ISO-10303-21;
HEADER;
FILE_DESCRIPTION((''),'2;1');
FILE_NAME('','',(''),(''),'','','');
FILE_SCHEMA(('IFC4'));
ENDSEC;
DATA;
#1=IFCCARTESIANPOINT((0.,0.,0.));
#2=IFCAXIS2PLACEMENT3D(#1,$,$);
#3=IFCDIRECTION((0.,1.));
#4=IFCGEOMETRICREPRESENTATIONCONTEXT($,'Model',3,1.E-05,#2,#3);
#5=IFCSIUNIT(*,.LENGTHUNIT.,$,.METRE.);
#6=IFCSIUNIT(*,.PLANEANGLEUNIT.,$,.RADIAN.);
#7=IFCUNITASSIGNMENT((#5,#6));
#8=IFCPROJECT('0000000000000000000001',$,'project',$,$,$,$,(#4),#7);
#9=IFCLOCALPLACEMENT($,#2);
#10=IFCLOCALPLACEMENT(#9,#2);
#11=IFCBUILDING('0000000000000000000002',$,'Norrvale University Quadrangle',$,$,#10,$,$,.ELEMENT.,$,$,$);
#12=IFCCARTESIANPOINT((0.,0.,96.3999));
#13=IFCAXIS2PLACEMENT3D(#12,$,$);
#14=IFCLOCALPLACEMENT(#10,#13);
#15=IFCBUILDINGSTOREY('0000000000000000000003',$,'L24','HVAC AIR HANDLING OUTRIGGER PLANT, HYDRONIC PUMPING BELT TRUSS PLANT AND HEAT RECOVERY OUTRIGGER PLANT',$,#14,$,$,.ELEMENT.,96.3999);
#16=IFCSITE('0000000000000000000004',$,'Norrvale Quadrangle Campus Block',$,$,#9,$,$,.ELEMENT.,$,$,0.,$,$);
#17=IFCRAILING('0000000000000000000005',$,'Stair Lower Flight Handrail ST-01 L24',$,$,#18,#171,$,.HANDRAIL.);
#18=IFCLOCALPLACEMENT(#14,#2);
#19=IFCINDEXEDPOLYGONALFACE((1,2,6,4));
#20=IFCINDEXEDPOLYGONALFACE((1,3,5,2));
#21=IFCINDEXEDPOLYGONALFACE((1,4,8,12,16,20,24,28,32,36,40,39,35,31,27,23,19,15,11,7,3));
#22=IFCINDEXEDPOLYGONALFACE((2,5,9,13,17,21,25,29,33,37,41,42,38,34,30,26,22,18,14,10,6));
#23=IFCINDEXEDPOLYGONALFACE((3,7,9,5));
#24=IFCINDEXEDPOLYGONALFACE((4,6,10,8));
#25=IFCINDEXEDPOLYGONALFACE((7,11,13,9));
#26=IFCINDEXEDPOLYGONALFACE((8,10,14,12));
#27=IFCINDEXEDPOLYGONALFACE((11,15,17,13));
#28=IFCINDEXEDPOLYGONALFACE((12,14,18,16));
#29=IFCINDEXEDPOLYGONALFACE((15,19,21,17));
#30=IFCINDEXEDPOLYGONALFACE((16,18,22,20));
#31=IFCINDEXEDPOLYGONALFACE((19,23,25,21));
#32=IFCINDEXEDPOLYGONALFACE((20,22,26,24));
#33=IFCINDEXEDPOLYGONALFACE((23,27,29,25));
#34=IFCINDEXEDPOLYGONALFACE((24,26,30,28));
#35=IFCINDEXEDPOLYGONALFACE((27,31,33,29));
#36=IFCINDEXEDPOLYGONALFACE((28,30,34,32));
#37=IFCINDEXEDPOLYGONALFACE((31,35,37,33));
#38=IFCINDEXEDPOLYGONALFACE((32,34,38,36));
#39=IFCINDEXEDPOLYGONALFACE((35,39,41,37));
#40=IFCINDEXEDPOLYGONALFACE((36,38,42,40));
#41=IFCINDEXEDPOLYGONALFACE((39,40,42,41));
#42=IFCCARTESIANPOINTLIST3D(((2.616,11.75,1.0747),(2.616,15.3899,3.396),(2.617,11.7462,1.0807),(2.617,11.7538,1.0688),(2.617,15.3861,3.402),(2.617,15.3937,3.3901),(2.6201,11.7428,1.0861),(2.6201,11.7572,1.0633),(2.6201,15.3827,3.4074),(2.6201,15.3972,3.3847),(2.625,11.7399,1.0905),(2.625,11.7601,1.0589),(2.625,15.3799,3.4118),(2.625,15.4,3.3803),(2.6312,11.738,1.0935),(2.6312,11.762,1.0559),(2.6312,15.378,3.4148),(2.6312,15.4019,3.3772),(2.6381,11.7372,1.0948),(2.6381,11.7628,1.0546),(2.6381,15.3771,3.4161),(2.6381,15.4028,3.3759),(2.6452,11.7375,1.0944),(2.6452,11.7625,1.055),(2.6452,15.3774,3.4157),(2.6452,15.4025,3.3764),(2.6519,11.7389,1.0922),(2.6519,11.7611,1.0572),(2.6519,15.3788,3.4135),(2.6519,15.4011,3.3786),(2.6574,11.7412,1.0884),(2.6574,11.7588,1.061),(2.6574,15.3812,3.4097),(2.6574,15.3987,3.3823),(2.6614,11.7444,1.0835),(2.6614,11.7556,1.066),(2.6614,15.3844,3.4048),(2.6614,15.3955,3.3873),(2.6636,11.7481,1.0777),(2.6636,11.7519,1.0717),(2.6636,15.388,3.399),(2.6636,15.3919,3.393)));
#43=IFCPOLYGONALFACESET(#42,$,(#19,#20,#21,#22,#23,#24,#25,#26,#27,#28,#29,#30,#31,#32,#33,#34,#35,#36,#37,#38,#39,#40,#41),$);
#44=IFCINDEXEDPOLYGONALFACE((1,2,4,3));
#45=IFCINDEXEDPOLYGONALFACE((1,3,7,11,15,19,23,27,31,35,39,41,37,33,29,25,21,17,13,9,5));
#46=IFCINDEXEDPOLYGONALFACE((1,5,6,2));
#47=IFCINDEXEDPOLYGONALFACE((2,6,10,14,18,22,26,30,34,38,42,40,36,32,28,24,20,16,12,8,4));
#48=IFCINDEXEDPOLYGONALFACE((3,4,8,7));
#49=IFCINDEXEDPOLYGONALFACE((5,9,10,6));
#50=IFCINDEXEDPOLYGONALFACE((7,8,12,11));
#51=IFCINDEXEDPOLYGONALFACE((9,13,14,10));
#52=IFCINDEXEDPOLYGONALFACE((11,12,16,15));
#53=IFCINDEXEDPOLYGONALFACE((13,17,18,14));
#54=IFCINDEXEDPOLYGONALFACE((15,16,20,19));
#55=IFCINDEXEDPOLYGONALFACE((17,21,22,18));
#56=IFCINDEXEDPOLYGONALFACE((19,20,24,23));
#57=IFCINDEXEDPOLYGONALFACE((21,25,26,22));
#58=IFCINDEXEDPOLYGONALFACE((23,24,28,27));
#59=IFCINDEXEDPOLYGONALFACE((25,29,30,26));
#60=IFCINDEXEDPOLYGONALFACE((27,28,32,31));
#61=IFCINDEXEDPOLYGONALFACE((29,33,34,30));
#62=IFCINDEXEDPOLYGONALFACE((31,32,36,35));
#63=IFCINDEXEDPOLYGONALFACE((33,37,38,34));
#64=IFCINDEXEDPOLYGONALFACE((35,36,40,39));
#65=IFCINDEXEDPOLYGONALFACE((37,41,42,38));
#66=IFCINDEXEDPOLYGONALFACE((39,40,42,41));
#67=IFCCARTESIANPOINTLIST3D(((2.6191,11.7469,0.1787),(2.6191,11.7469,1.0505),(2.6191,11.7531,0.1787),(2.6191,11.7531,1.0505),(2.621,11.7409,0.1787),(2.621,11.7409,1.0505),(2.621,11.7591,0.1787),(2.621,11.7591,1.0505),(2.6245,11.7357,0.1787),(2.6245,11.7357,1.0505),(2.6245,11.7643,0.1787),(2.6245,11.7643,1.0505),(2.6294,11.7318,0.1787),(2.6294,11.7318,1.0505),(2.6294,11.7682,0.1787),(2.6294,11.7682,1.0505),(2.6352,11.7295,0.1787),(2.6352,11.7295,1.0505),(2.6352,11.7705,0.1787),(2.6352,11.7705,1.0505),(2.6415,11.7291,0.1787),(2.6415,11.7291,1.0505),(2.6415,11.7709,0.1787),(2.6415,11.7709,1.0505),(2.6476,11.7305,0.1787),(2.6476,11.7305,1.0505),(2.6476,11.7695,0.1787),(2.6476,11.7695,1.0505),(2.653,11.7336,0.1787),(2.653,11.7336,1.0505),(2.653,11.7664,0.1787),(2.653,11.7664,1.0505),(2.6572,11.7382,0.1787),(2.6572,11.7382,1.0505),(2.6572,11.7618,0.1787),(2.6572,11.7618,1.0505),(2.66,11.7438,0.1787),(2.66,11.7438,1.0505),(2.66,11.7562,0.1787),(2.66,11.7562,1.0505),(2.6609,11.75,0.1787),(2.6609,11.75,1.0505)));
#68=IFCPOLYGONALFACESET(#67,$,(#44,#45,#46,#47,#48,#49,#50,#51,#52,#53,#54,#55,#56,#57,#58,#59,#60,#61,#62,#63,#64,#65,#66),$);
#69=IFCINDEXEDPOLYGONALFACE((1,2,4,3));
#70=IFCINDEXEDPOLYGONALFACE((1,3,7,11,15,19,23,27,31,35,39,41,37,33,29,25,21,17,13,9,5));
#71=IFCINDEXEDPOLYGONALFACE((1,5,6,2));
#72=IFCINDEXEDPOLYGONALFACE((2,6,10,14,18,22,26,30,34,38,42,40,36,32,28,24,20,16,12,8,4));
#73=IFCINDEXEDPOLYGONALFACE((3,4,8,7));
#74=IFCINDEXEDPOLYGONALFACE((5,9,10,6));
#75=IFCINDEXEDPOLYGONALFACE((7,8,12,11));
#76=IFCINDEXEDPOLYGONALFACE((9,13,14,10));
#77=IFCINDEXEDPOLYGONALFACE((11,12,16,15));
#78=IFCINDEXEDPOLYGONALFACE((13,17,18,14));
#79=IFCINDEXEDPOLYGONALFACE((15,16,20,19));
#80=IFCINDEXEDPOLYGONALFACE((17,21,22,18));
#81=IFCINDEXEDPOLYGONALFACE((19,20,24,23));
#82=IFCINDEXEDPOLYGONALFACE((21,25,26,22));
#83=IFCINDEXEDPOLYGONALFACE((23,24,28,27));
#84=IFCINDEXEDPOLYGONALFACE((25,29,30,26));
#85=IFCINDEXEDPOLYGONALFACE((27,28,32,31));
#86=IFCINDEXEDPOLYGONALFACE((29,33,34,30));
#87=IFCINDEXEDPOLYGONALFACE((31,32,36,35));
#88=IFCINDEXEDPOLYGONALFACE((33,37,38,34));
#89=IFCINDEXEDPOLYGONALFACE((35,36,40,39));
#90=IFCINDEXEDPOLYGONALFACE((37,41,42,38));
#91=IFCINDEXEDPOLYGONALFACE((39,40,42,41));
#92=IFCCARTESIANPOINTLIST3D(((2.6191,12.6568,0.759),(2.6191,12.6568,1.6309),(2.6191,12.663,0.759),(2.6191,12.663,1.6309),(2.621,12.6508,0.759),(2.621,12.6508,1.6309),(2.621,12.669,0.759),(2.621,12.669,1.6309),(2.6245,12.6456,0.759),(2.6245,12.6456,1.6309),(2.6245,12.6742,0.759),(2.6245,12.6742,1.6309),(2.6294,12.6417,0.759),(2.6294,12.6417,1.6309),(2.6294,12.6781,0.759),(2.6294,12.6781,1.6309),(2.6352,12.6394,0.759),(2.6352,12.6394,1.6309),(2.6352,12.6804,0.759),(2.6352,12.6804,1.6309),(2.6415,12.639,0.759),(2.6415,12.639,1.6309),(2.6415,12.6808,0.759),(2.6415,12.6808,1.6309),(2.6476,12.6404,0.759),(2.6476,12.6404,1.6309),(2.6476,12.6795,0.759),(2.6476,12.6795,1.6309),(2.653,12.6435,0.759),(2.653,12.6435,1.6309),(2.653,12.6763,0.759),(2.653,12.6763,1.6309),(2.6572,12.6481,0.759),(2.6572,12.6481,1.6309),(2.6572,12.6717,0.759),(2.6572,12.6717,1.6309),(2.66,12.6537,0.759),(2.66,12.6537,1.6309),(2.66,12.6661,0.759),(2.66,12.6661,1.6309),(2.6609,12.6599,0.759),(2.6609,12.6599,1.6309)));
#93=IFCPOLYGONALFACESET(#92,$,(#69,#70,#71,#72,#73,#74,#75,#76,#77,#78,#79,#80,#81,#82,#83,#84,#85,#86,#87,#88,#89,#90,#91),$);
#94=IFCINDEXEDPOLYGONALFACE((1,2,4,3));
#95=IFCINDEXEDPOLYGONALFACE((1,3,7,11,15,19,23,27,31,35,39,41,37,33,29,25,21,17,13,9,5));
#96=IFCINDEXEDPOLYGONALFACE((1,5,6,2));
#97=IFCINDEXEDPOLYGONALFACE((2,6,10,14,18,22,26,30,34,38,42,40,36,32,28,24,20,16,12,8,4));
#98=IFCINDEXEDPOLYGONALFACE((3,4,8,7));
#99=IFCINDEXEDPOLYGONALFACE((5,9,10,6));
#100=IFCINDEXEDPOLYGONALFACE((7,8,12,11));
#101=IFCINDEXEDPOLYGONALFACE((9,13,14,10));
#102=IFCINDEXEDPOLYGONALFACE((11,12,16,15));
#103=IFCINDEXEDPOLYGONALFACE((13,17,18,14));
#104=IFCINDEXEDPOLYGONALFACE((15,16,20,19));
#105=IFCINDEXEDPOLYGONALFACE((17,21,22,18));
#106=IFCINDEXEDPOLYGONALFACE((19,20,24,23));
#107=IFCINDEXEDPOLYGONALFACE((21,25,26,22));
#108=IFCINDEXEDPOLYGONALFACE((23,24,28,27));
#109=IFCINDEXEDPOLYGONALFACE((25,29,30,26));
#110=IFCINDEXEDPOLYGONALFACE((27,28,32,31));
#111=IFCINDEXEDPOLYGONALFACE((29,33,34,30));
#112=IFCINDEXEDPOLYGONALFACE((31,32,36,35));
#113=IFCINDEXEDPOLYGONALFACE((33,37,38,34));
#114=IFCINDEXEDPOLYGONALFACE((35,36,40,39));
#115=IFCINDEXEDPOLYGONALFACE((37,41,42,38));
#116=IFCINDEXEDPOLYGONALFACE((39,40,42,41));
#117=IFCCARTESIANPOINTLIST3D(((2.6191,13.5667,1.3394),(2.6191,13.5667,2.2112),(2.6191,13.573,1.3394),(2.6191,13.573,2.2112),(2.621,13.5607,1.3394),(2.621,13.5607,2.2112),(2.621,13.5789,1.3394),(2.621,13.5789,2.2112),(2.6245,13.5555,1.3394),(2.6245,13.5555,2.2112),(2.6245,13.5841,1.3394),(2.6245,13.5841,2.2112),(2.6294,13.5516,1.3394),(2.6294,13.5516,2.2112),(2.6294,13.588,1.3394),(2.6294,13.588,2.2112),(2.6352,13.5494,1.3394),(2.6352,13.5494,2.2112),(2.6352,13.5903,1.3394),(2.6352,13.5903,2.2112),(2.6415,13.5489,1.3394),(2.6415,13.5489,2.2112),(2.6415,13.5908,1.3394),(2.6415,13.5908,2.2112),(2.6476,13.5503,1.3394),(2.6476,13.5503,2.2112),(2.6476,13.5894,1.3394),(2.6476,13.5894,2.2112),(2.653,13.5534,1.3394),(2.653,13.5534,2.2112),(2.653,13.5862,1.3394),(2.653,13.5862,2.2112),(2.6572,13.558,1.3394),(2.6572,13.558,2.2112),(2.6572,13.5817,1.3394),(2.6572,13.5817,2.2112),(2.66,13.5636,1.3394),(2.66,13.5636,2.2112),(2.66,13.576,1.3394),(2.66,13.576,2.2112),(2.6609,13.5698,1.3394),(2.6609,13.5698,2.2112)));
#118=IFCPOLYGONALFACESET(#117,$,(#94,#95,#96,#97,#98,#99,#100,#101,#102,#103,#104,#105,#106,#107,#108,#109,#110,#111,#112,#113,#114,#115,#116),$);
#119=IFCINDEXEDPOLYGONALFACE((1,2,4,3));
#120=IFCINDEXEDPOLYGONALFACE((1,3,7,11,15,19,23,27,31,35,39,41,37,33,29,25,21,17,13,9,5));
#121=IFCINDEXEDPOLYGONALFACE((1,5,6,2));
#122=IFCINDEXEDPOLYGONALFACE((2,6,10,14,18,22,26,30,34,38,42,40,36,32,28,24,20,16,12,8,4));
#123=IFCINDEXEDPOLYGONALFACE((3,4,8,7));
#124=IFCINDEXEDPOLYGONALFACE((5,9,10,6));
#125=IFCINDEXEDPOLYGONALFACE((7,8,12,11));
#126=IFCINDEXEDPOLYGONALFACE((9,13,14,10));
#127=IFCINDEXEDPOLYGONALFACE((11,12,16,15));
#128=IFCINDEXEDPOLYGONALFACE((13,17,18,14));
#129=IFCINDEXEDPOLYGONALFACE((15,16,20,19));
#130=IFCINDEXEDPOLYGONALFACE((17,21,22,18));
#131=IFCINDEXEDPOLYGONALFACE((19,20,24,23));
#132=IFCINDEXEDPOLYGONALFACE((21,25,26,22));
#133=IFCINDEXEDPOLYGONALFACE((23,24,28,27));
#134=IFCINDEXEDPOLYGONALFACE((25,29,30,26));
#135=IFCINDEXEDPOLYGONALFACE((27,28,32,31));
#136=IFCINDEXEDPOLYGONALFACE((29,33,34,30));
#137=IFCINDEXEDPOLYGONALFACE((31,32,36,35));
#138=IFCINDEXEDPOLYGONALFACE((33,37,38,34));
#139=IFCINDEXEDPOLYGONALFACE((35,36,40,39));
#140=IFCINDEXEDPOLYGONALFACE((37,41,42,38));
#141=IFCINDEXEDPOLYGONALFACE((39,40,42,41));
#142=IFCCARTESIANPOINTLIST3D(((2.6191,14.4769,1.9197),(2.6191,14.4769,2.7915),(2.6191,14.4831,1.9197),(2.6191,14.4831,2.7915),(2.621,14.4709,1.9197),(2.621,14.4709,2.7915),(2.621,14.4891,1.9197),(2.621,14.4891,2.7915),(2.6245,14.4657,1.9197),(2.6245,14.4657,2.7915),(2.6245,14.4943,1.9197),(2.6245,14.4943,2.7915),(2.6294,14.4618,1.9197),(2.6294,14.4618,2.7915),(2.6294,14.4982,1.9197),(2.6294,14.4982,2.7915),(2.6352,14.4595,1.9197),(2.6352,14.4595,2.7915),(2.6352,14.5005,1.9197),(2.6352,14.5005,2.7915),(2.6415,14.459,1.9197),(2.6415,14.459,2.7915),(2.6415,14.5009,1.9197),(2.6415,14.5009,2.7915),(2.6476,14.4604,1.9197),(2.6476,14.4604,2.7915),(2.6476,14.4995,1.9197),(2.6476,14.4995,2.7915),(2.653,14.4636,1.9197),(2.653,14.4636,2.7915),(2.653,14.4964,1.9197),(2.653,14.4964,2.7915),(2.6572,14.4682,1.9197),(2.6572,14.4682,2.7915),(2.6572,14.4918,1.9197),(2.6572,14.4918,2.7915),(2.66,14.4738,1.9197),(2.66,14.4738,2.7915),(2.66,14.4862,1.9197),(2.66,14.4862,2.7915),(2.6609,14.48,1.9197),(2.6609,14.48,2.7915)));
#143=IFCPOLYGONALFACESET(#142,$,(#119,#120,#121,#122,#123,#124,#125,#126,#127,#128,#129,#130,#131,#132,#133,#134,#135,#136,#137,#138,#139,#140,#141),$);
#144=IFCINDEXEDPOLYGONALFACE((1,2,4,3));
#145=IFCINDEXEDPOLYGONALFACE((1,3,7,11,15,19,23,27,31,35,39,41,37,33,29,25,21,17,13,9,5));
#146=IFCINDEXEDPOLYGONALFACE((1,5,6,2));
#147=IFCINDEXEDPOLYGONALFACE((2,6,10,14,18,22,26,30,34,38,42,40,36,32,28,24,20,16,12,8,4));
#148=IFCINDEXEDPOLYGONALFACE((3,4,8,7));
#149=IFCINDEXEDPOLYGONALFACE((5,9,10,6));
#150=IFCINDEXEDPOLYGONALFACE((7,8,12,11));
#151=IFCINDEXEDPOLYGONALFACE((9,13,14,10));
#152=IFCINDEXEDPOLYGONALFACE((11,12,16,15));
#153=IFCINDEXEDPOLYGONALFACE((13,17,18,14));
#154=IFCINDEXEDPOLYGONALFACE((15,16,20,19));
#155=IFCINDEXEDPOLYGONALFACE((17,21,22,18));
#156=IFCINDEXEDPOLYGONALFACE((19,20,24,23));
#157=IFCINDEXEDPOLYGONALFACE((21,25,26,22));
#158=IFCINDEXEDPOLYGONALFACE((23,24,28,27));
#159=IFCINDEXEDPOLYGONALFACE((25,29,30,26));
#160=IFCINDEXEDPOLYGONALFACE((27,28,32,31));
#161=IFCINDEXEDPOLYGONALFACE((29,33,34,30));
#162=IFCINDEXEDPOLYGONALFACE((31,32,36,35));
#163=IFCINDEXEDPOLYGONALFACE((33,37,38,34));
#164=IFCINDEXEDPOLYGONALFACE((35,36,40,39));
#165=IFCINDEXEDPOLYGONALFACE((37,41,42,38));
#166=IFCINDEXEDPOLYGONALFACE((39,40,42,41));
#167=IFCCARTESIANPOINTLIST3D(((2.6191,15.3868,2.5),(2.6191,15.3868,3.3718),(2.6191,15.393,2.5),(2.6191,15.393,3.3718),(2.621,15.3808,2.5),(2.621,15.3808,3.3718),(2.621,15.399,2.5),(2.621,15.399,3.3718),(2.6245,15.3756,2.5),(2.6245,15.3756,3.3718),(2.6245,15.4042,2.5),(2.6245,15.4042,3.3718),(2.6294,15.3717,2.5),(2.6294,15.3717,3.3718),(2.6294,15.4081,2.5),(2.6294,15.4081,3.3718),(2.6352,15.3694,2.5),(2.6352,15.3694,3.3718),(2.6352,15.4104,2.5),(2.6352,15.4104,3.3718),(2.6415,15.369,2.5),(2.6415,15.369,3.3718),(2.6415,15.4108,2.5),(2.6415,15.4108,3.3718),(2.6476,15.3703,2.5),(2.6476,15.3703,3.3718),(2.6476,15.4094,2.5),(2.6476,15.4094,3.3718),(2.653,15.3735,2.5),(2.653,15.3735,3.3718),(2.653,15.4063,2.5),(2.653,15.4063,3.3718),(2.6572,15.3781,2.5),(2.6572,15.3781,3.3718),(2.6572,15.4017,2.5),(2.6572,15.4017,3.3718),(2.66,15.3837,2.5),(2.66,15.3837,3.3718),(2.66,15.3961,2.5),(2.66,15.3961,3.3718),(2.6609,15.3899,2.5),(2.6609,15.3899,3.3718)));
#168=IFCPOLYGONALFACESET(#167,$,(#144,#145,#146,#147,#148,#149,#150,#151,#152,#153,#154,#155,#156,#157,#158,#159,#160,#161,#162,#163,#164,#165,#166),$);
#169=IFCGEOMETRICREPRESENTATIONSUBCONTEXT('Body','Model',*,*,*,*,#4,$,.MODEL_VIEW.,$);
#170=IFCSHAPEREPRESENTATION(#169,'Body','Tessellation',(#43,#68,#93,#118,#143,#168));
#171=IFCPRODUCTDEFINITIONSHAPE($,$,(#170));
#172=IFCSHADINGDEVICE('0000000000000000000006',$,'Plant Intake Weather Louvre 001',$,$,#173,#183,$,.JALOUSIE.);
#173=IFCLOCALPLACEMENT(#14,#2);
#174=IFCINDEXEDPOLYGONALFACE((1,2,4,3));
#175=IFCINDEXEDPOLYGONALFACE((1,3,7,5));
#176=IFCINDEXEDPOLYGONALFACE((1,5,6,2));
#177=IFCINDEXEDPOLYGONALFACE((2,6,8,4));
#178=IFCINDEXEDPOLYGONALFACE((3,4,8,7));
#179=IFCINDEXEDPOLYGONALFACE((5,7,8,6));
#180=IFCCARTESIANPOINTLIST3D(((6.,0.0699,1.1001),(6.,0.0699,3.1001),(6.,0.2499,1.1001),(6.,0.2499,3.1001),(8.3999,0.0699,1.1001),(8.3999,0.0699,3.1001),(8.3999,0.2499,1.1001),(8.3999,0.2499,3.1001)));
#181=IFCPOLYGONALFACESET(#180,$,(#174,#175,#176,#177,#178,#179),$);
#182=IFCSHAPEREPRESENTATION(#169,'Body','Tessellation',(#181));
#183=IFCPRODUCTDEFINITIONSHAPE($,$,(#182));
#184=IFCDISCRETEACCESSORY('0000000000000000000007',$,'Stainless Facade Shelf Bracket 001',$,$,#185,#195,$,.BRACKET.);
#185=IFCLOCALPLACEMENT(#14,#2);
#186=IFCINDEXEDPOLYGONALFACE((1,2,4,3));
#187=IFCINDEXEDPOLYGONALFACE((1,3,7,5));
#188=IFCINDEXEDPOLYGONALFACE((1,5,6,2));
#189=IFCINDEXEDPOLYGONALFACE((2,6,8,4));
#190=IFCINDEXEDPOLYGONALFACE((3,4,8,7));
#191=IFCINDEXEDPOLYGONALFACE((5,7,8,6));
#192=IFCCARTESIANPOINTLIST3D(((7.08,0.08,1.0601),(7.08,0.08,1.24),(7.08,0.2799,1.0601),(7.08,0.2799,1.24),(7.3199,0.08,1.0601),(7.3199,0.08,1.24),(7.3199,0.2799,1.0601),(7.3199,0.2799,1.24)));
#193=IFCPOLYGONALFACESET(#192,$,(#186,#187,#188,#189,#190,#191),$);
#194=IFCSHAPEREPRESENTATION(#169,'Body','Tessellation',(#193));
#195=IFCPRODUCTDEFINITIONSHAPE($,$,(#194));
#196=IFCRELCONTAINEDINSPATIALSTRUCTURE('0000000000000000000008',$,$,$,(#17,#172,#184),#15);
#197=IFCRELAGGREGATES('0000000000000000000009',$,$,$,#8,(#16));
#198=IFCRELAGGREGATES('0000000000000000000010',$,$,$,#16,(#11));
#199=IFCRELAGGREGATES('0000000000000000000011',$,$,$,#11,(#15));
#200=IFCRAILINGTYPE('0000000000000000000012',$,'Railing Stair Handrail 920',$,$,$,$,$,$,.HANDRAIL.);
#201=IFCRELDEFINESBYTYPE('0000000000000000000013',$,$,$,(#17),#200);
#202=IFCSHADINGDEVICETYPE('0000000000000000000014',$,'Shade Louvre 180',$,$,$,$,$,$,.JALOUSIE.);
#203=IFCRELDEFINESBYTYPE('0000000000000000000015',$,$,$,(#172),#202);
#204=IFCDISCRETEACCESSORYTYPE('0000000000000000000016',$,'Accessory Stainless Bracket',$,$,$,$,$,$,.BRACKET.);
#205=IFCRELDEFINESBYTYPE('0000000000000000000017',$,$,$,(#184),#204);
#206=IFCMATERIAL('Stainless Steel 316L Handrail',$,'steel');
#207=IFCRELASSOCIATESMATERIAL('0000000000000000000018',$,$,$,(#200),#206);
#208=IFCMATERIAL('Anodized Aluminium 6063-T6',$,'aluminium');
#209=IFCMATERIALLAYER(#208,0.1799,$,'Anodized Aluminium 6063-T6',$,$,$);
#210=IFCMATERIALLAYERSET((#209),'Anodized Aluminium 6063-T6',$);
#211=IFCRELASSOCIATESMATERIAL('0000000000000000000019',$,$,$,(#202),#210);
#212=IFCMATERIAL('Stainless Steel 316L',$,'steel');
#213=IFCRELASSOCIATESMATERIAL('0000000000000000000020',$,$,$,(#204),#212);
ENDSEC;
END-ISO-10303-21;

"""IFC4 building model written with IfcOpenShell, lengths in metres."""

from ifc_helpers import new_model, si_unit, direction, frame, origin, origin_2d, place, context, subcontext, project, spatial, rectangle, circle, extrude, material, layer, layer_set, type_object, element, save


model = new_model("IFC4")

# Units and contexts
model_context = context("Model", 3, precision=1e-05, world=origin(), true_north=direction((0.0, 1.0)))
body_context = subcontext(model_context, "Body", "Model", "MODEL_VIEW")
ifc_project = project(units=[si_unit("LENGTHUNIT", "METRE"), si_unit("PLANEANGLEUNIT", "RADIAN")], contexts=[model_context])

# Site, building, storey
site_placement = place(None, origin())
site = spatial("IfcSite", under=ifc_project, at=site_placement, Name="Norrvale Quadrangle Campus Block", CompositionType="ELEMENT", RefElevation=0.0)
building_placement = place(site_placement, origin())
building = spatial("IfcBuilding", under=site, at=building_placement, Name="Norrvale University Quadrangle", CompositionType="ELEMENT")
storey_placement = place(building_placement, frame((0.0, 0.0, 96.3999)))
storey = spatial("IfcBuildingStorey", under=building, at=storey_placement, Name="L24", Description="HVAC AIR HANDLING OUTRIGGER PLANT, HYDRONIC PUMPING BELT TRUSS PLANT AND HEAT RECOVERY OUTRIGGER PLANT", CompositionType="ELEMENT", Elevation=96.3999)

# Railing
ifc_material_1 = material(Name="Stainless Steel 316L Handrail", Category="steel")
railing_type_1 = type_object("IfcRailingType", Name="Railing Stair Handrail 920", PredefinedType="HANDRAIL", material=ifc_material_1)
railing_1_placement = place(storey_placement, frame((2.6399, 11.75, 0.1787)))
element("IfcRailing", 1, at=railing_1_placement, inside=storey, type_object=railing_type_1, Name="Stair Lower Flight Handrail ST-01 L24", PredefinedType="HANDRAIL", context=body_context, shape_type="SweptSolid", body=[
    extrude(circle(Radius=0.0239, at=origin_2d()), frame((0.0, 0.0, 0.896), z_axis=(0.0, 0.843137, 0.537699), x_axis=(-1.0, 0.0, 0.0)), (0.0, 0.0, 1.0), 4.3171),
    extrude(circle(Radius=0.021, at=origin_2d()), origin(), (0.0, 0.0, 1.0), 0.8718),
    extrude(circle(Radius=0.021, at=origin_2d()), frame((0.0, 0.9099, 0.5803)), (0.0, 0.0, 1.0), 0.8718),
    extrude(circle(Radius=0.021, at=origin_2d()), frame((0.0, 1.8198, 1.1606)), (0.0, 0.0, 1.0), 0.8718),
    extrude(circle(Radius=0.021, at=origin_2d()), frame((0.0, 2.73, 1.741)), (0.0, 0.0, 1.0), 0.8718),
    extrude(circle(Radius=0.021, at=origin_2d()), frame((0.0, 3.6399, 2.3213)), (0.0, 0.0, 1.0), 0.8718),
])

# Shading device
ifc_material_2 = material(Name="Anodized Aluminium 6063-T6", Category="aluminium")
ifc_layer_1 = layer(ifc_material_2, 0.1799, Name="Anodized Aluminium 6063-T6")
ifc_layer_set_1 = layer_set([ifc_layer_1], Name="Anodized Aluminium 6063-T6")
shading_device_type = type_object("IfcShadingDeviceType", Name="Shade Louvre 180", PredefinedType="JALOUSIE", material=ifc_layer_set_1)
shading_device_placement = place(storey_placement, frame((7.2, 0.1599, 1.1001), z_axis=(0.0, 0.0, 1.0), x_axis=(1.0, 0.0, 0.0)))
element("IfcShadingDevice", 2, at=shading_device_placement, inside=storey, type_object=shading_device_type, Name="Plant Intake Weather Louvre 001", PredefinedType="JALOUSIE", context=body_context, shape_type="SweptSolid", body=[
    extrude(rectangle(XDim=2.3999, YDim=0.1799, at=origin_2d()), origin(), (0.0, 0.0, 1.0), 2.0),
])

# Discrete accessory
ifc_material_3 = material(Name="Stainless Steel 316L", Category="steel")
discrete_accessory_type = type_object("IfcDiscreteAccessoryType", Name="Accessory Stainless Bracket", PredefinedType="BRACKET", material=ifc_material_3)
discrete_accessory_placement = place(storey_placement, frame((7.2, 0.1799, 1.0601), z_axis=(0.0, 0.0, 1.0), x_axis=(1.0, 0.0, 0.0)))
element("IfcDiscreteAccessory", 3, at=discrete_accessory_placement, inside=storey, type_object=discrete_accessory_type, Name="Stainless Facade Shelf Bracket 001", PredefinedType="BRACKET", context=body_context, shape_type="SweptSolid", body=[
    extrude(rectangle(XDim=0.24, YDim=0.2, at=origin_2d()), origin(), (0.0, 0.0, 1.0), 0.1799),
])

save(model, "model.ifc")
